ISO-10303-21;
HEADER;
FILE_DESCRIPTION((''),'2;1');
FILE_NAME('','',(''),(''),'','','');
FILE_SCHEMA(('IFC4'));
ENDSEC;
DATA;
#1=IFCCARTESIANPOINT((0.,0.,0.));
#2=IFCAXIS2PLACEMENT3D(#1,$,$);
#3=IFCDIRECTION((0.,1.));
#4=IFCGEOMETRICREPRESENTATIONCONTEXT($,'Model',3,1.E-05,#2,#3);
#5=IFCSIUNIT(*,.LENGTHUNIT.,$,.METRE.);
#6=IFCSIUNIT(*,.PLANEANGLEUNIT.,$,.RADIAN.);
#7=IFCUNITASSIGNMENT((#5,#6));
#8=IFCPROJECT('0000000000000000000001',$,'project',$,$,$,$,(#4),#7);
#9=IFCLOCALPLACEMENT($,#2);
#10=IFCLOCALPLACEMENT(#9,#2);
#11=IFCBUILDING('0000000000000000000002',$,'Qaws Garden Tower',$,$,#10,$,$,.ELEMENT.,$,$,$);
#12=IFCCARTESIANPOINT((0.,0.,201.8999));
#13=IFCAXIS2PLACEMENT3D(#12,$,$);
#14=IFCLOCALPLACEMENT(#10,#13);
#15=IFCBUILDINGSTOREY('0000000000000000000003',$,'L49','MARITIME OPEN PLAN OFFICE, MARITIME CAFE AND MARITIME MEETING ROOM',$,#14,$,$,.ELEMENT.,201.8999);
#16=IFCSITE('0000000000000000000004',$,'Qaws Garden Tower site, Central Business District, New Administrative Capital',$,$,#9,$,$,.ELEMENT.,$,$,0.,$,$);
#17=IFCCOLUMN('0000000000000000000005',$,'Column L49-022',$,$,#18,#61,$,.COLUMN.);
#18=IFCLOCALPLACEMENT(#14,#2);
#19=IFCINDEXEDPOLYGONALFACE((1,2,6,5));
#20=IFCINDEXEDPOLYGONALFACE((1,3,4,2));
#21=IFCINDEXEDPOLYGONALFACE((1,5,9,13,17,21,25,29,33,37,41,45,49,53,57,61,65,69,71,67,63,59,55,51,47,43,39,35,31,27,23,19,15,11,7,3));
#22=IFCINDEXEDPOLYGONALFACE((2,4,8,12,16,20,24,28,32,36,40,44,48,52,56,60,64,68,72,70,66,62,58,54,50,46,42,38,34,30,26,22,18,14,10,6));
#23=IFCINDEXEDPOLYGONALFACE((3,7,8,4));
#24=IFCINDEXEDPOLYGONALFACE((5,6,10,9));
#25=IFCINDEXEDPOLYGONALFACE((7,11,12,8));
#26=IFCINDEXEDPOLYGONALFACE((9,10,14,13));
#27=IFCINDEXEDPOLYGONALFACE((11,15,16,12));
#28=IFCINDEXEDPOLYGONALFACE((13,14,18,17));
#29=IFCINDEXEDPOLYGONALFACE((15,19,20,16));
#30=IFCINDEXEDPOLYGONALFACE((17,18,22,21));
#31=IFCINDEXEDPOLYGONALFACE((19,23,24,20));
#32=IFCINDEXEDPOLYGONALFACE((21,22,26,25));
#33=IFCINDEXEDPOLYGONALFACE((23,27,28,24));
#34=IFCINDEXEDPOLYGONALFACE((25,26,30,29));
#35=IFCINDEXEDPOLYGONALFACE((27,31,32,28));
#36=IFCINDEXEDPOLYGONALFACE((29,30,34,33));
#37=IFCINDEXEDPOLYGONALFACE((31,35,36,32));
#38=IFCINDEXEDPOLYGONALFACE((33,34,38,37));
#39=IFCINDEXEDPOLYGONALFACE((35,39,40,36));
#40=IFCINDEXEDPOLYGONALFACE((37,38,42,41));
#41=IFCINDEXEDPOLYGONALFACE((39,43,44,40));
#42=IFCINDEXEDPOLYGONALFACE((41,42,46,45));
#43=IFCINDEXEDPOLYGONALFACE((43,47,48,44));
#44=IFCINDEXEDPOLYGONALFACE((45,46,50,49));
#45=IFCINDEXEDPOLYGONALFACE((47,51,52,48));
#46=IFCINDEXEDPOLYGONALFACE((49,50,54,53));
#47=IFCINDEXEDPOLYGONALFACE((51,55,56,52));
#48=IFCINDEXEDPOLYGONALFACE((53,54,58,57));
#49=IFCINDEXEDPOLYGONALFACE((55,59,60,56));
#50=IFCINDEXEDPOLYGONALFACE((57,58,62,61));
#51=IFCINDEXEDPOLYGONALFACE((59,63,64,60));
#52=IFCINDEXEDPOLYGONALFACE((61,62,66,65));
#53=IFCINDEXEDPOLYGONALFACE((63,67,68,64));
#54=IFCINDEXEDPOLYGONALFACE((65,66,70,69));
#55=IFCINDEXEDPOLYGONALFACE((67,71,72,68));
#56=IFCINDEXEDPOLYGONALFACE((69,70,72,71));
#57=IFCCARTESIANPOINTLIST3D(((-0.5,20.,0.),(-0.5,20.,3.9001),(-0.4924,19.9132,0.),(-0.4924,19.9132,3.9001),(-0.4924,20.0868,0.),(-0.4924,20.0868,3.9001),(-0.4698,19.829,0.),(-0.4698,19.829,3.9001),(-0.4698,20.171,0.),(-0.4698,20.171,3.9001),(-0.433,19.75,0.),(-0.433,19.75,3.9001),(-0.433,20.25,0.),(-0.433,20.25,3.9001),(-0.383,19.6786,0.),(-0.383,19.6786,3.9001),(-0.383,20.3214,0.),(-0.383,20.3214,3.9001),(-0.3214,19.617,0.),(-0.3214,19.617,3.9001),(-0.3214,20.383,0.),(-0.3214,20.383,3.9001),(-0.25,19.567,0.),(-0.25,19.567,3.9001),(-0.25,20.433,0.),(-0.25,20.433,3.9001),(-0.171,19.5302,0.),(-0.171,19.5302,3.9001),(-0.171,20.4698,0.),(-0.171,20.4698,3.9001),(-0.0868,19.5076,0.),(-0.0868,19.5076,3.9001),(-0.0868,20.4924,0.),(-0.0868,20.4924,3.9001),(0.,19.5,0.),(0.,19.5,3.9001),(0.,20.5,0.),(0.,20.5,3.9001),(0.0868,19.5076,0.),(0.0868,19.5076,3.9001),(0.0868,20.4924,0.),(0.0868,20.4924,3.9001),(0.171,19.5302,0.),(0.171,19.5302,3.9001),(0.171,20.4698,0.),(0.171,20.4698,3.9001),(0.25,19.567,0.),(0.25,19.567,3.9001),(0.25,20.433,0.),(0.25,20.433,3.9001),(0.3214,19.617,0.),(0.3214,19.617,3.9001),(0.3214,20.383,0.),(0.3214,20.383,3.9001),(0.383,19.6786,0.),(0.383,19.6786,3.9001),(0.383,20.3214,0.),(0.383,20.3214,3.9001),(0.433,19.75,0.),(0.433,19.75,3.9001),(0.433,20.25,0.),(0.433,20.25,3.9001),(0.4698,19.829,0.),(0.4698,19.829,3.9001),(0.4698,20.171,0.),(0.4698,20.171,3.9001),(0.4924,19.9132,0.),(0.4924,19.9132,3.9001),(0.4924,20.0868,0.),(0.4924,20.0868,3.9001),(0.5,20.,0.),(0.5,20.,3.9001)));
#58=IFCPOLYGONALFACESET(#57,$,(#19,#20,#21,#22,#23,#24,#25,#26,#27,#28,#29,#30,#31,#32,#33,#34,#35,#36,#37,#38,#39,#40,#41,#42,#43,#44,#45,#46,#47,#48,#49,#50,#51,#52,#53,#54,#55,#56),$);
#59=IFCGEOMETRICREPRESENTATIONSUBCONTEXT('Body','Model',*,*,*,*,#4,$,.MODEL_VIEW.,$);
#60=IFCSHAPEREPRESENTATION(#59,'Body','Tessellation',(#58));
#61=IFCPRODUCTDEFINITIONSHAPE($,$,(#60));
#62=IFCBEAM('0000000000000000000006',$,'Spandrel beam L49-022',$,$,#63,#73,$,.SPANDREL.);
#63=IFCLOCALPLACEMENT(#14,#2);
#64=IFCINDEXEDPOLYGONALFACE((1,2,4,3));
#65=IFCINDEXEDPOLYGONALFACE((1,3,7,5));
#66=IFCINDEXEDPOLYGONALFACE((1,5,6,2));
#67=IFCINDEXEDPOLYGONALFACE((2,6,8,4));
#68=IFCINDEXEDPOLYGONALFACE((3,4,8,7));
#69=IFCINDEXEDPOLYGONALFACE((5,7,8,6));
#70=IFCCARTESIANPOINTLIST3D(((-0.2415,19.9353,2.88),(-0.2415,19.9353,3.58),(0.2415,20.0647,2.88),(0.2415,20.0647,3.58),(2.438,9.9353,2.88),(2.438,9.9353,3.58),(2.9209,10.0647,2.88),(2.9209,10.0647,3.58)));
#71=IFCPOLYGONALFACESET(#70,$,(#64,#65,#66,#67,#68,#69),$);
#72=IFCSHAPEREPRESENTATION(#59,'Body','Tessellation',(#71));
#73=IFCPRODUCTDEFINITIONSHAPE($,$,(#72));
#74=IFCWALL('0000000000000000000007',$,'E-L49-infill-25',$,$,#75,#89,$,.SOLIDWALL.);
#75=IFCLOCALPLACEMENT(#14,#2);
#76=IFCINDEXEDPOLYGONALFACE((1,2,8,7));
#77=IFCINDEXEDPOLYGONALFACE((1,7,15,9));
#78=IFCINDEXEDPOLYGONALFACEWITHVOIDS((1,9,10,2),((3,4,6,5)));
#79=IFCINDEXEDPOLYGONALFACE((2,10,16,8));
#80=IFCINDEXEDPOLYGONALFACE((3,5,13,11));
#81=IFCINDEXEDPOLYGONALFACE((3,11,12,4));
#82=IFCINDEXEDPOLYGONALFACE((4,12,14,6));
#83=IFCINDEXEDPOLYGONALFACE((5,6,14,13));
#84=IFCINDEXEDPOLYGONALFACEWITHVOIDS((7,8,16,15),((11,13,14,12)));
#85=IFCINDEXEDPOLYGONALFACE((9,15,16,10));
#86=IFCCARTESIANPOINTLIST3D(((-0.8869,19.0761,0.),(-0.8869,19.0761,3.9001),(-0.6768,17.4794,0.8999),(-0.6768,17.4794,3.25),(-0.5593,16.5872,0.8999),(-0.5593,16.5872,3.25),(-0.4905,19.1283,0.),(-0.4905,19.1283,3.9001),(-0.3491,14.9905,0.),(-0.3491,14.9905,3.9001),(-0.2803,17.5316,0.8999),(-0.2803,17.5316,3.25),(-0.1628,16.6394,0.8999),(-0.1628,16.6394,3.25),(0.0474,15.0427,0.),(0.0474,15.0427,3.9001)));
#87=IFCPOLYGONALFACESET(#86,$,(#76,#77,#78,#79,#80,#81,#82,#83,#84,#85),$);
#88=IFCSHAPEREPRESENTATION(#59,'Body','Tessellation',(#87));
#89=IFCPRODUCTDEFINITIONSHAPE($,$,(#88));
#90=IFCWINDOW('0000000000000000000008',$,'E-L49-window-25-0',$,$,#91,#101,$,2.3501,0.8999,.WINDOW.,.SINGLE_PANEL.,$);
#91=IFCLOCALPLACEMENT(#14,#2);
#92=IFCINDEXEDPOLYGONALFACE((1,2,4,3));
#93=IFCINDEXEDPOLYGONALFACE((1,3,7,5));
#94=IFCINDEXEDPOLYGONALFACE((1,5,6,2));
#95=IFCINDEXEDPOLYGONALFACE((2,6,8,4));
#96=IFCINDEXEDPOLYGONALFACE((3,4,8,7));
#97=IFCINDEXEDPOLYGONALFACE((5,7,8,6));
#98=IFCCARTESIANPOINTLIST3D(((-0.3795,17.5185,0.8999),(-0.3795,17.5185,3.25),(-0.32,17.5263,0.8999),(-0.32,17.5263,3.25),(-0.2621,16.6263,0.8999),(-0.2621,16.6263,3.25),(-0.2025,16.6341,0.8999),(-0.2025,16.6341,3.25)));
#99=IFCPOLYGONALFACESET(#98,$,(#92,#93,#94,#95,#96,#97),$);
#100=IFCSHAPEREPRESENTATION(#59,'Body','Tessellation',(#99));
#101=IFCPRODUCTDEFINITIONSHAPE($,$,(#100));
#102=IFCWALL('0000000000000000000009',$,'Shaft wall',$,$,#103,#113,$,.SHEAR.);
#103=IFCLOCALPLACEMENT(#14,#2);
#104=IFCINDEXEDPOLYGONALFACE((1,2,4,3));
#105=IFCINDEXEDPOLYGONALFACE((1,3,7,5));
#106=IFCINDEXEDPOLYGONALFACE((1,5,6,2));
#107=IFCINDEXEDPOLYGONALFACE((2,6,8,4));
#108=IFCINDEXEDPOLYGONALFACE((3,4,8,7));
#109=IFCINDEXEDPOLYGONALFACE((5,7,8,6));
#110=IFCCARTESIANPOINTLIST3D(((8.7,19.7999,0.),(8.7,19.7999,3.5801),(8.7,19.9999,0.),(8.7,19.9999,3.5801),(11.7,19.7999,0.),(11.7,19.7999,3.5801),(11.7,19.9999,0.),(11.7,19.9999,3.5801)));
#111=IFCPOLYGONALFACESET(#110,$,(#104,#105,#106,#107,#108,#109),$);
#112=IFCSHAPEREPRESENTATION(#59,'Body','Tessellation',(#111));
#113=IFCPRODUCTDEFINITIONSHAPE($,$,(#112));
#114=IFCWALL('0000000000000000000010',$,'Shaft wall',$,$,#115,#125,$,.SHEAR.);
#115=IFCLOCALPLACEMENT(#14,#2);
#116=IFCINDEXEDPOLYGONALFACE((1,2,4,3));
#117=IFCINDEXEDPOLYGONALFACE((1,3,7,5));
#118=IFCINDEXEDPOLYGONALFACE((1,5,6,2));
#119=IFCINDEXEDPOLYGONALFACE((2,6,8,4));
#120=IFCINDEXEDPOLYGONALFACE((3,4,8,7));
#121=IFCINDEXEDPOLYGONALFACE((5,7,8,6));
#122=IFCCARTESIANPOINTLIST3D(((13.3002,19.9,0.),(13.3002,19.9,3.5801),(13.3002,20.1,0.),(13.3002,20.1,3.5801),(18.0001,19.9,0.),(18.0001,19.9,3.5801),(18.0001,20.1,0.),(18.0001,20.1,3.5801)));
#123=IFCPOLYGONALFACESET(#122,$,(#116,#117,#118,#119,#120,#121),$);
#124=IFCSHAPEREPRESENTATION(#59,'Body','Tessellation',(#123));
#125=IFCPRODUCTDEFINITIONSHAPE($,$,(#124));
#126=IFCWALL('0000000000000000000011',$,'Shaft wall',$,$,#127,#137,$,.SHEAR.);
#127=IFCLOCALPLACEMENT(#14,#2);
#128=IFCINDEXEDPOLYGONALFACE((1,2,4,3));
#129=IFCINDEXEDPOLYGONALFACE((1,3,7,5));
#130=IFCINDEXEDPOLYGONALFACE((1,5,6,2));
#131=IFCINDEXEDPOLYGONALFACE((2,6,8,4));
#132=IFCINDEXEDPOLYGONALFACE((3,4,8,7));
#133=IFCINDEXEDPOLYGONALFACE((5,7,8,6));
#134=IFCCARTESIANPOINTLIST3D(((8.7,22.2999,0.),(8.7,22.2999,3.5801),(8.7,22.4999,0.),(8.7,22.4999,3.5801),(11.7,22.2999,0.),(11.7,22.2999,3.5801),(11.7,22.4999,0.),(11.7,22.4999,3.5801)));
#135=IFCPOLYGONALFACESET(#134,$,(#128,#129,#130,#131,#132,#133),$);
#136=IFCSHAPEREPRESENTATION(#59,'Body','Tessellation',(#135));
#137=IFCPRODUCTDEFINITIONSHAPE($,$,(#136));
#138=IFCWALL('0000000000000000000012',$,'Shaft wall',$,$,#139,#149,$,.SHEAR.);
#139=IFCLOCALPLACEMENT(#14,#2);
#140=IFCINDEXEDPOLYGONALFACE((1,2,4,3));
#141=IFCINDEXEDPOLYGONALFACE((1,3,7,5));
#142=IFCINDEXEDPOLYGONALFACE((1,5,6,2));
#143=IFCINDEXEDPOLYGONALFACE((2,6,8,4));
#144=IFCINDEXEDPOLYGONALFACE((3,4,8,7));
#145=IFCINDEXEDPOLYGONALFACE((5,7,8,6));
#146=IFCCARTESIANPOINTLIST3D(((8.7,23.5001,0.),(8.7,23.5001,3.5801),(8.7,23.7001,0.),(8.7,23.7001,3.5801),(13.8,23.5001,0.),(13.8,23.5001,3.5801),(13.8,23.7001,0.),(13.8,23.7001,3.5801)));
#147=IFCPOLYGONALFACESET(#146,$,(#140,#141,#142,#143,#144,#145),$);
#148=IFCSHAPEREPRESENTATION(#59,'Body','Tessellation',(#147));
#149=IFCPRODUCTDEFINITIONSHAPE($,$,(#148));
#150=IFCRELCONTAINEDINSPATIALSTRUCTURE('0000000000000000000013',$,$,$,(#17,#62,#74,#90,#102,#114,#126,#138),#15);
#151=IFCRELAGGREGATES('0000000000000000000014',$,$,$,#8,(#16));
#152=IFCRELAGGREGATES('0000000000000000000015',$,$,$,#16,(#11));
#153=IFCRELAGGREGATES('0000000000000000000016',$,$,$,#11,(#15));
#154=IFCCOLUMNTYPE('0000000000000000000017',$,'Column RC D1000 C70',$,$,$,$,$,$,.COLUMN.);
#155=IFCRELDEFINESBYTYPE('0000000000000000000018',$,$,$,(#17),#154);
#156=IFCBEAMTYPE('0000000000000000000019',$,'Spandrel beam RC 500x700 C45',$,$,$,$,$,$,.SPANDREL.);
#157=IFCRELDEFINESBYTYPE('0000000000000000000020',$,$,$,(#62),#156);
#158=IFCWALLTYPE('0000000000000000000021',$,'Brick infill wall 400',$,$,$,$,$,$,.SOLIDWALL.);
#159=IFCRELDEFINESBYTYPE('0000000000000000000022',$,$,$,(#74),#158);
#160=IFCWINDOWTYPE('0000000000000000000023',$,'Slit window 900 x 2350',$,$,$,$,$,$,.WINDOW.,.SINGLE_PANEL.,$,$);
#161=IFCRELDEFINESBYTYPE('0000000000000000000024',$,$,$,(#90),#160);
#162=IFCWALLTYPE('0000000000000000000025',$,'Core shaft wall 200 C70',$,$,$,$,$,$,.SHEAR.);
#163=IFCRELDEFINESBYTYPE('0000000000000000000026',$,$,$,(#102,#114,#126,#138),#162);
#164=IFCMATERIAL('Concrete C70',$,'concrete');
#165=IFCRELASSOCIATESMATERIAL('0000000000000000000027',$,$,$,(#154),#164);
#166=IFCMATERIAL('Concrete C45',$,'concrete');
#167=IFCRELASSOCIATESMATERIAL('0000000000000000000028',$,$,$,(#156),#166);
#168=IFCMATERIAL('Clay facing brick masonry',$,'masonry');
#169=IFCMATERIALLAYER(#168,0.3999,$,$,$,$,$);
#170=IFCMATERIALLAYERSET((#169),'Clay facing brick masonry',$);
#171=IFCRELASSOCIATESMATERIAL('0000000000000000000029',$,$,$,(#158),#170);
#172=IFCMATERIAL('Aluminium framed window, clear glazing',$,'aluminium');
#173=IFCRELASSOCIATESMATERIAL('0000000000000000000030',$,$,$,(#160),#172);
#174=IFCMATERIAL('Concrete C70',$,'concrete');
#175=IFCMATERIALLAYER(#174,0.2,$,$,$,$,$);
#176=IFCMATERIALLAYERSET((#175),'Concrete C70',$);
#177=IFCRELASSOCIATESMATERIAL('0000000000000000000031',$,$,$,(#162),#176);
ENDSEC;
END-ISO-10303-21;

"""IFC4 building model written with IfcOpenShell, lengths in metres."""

from ifc_helpers import new_model, si_unit, direction, frame, frame_2d, origin, origin_2d, place, context, subcontext, project, spatial, rectangle, circle, extrude, material, layer, layer_set, material_profile, profile_set, type_object, element, fill, save


model = new_model("IFC4")

# Units and contexts
model_context = context("Model", 3, precision=1e-05, world=origin(), true_north=direction((0.0, 1.0)))
body_context = subcontext(model_context, "Body", "Model", "MODEL_VIEW")
ifc_project = project(units=[si_unit("LENGTHUNIT", "METRE"), si_unit("PLANEANGLEUNIT", "RADIAN")], contexts=[model_context])

# Site, building, storey
site_placement = place(None, origin())
site = spatial("IfcSite", under=ifc_project, at=site_placement, Name="Qaws Garden Tower site, Central Business District, New Administrative Capital", CompositionType="ELEMENT", RefElevation=0.0)
building_placement = place(site_placement, origin())
building = spatial("IfcBuilding", under=site, at=building_placement, Name="Qaws Garden Tower", CompositionType="ELEMENT")
storey_placement = place(building_placement, frame((0.0, 0.0, 201.8999)))
storey = spatial("IfcBuildingStorey", under=building, at=storey_placement, Name="L49", Description="MARITIME OPEN PLAN OFFICE, MARITIME CAFE AND MARITIME MEETING ROOM", CompositionType="ELEMENT", Elevation=201.8999)

# Column
ifc_material_1 = material(Name="Concrete C70", Category="concrete")
ifc_material_profile_1 = material_profile(ifc_material_1, circle(Radius=0.5, at=origin_2d()), Name="RC D1000")
ifc_profile_set_1 = profile_set([ifc_material_profile_1], Name="Concrete C70")
column_type = type_object("IfcColumnType", Name="Column RC D1000 C70", PredefinedType="COLUMN", material=ifc_profile_set_1)
column_placement = place(storey_placement, frame((0.0, 20.0, 0.0), z_axis=(0.0, 0.0, 1.0), x_axis=(1.0, 0.0, 0.0)))
element("IfcColumn", 1, at=column_placement, inside=storey, type_object=column_type, Name="Column L49-022", PredefinedType="COLUMN", context=body_context, shape_type="SweptSolid", body=[
    extrude(circle(Radius=0.5, at=origin_2d()), origin(), (0.0, 0.0, 1.0), 3.9001),
])

# Beam
ifc_material_2 = material(Name="Concrete C45", Category="concrete")
ifc_material_profile_2 = material_profile(ifc_material_2, rectangle(XDim=0.5, YDim=0.7, at=origin_2d()), Name="RC 500x700")
ifc_profile_set_2 = profile_set([ifc_material_profile_2], Name="Concrete C45")
beam_type = type_object("IfcBeamType", Name="Spandrel beam RC 500x700 C45", PredefinedType="SPANDREL", material=ifc_profile_set_2)
beam_placement = place(storey_placement, frame((0.0, 20.0, 3.23), z_axis=(0.258815, -0.965927, 0.0), x_axis=(0.965927, 0.258815, 0.0)))
element("IfcBeam", 2, at=beam_placement, inside=storey, type_object=beam_type, Name="Spandrel beam L49-022", PredefinedType="SPANDREL", context=body_context, shape_type="SweptSolid", body=[
    extrude(rectangle(XDim=0.5, YDim=0.7, at=origin_2d()), origin(), (0.0, 0.0, 1.0), 10.3528),
])

# Wall, opening, window
ifc_material_3 = material(Name="Clay facing brick masonry", Category="masonry")
ifc_layer_1 = layer(ifc_material_3, 0.3999)
ifc_layer_set_1 = layer_set([ifc_layer_1], Name="Clay facing brick masonry")
wall_type_1 = type_object("IfcWallType", Name="Brick infill wall 400", PredefinedType="SOLIDWALL", material=ifc_layer_set_1)
wall_1_placement = place(storey_placement, frame((-0.6887, 19.1023, 0.0), z_axis=(0.0, 0.0, 1.0), x_axis=(0.130514, -0.991446, 0.0)))
wall_1 = element("IfcWall", 3, at=wall_1_placement, inside=storey, type_object=wall_type_1, Name="E-L49-infill-25", PredefinedType="SOLIDWALL", context=body_context, shape_type="SweptSolid", body=[
    extrude(rectangle(XDim=4.1208, YDim=0.3999, at=frame_2d((2.0605, 0.0))), origin(), (0.0, 0.0, 1.0), 3.9001),
])
opening_1_placement = place(wall_1_placement, frame((1.6106, 0.0, 0.8999)))
opening_1 = element("IfcOpeningElement", 4, at=opening_1_placement, cuts=wall_1, PredefinedType="OPENING", context=body_context, shape_type="SweptSolid", body=[
    extrude(rectangle(XDim=0.8999, YDim=2.3501, at=frame_2d((0.45, 1.175))), frame((0.0, 0.21, 0.0), z_axis=(0.0, -1.0, 0.0), x_axis=(1.0, 0.0, 0.0)), (0.0, 0.0, 1.0), 0.4199),
])
ifc_material_4 = material(Name="Aluminium framed window, clear glazing", Category="aluminium")
window_type = type_object("IfcWindowType", Name="Slit window 900 x 2350", PartitioningType="SINGLE_PANEL", PredefinedType="WINDOW", material=ifc_material_4)
window_placement = place(opening_1_placement, origin())
window = element("IfcWindow", 5, at=window_placement, inside=storey, type_object=window_type, Name="E-L49-window-25-0", OverallHeight=2.3501, OverallWidth=0.8999, PartitioningType="SINGLE_PANEL", PredefinedType="WINDOW", context=body_context, shape_type="SweptSolid", body=[
    extrude(rectangle(XDim=0.8999, YDim=2.3501, at=frame_2d((0.45, 1.175))), frame((0.0, 0.1599, 0.0), z_axis=(0.0, -1.0, 0.0), x_axis=(1.0, 0.0, 0.0)), (0.0, 0.0, 1.0), 0.0601),
])
fill(opening_1, window)

# Walls
ifc_material_5 = material(Name="Concrete C70", Category="concrete")
ifc_layer_2 = layer(ifc_material_5, 0.2)
ifc_layer_set_2 = layer_set([ifc_layer_2], Name="Concrete C70")
wall_type_2 = type_object("IfcWallType", Name="Core shaft wall 200 C70", PredefinedType="SHEAR", material=ifc_layer_set_2)
wall_2_placement = place(storey_placement, frame((8.7, 19.8999, 0.0), z_axis=(0.0, 0.0, 1.0), x_axis=(1.0, 0.0, 0.0)))
element("IfcWall", 6, at=wall_2_placement, inside=storey, type_object=wall_type_2, Name="Shaft wall", PredefinedType="SHEAR", context=body_context, shape_type="SweptSolid", body=[
    extrude(rectangle(XDim=3.0, YDim=0.2, at=frame_2d((1.5, 0.0))), origin(), (0.0, 0.0, 1.0), 3.5801),
])
wall_3_placement = place(storey_placement, frame((13.3, 20.0, 0.0), z_axis=(0.0, 0.0, 1.0), x_axis=(1.0, 0.0, 0.0)))
element("IfcWall", 7, at=wall_3_placement, inside=storey, type_object=wall_type_2, Name="Shaft wall", PredefinedType="SHEAR", context=body_context, shape_type="SweptSolid", body=[
    extrude(rectangle(XDim=4.7, YDim=0.2, at=frame_2d((2.3501, 0.0))), origin(), (0.0, 0.0, 1.0), 3.5801),
])
wall_4_placement = place(storey_placement, frame((8.7, 22.3999, 0.0), z_axis=(0.0, 0.0, 1.0), x_axis=(1.0, 0.0, 0.0)))
element("IfcWall", 8, at=wall_4_placement, inside=storey, type_object=wall_type_2, Name="Shaft wall", PredefinedType="SHEAR", context=body_context, shape_type="SweptSolid", body=[
    extrude(rectangle(XDim=3.0, YDim=0.2, at=frame_2d((1.5, 0.0))), origin(), (0.0, 0.0, 1.0), 3.5801),
])
wall_5_placement = place(storey_placement, frame((8.7, 23.6001, 0.0), z_axis=(0.0, 0.0, 1.0), x_axis=(1.0, 0.0, 0.0)))
element("IfcWall", 9, at=wall_5_placement, inside=storey, type_object=wall_type_2, Name="Shaft wall", PredefinedType="SHEAR", context=body_context, shape_type="SweptSolid", body=[
    extrude(rectangle(XDim=5.1001, YDim=0.2, at=frame_2d((2.55, 0.0))), origin(), (0.0, 0.0, 1.0), 3.5801),
])

save(model, "model.ifc")
